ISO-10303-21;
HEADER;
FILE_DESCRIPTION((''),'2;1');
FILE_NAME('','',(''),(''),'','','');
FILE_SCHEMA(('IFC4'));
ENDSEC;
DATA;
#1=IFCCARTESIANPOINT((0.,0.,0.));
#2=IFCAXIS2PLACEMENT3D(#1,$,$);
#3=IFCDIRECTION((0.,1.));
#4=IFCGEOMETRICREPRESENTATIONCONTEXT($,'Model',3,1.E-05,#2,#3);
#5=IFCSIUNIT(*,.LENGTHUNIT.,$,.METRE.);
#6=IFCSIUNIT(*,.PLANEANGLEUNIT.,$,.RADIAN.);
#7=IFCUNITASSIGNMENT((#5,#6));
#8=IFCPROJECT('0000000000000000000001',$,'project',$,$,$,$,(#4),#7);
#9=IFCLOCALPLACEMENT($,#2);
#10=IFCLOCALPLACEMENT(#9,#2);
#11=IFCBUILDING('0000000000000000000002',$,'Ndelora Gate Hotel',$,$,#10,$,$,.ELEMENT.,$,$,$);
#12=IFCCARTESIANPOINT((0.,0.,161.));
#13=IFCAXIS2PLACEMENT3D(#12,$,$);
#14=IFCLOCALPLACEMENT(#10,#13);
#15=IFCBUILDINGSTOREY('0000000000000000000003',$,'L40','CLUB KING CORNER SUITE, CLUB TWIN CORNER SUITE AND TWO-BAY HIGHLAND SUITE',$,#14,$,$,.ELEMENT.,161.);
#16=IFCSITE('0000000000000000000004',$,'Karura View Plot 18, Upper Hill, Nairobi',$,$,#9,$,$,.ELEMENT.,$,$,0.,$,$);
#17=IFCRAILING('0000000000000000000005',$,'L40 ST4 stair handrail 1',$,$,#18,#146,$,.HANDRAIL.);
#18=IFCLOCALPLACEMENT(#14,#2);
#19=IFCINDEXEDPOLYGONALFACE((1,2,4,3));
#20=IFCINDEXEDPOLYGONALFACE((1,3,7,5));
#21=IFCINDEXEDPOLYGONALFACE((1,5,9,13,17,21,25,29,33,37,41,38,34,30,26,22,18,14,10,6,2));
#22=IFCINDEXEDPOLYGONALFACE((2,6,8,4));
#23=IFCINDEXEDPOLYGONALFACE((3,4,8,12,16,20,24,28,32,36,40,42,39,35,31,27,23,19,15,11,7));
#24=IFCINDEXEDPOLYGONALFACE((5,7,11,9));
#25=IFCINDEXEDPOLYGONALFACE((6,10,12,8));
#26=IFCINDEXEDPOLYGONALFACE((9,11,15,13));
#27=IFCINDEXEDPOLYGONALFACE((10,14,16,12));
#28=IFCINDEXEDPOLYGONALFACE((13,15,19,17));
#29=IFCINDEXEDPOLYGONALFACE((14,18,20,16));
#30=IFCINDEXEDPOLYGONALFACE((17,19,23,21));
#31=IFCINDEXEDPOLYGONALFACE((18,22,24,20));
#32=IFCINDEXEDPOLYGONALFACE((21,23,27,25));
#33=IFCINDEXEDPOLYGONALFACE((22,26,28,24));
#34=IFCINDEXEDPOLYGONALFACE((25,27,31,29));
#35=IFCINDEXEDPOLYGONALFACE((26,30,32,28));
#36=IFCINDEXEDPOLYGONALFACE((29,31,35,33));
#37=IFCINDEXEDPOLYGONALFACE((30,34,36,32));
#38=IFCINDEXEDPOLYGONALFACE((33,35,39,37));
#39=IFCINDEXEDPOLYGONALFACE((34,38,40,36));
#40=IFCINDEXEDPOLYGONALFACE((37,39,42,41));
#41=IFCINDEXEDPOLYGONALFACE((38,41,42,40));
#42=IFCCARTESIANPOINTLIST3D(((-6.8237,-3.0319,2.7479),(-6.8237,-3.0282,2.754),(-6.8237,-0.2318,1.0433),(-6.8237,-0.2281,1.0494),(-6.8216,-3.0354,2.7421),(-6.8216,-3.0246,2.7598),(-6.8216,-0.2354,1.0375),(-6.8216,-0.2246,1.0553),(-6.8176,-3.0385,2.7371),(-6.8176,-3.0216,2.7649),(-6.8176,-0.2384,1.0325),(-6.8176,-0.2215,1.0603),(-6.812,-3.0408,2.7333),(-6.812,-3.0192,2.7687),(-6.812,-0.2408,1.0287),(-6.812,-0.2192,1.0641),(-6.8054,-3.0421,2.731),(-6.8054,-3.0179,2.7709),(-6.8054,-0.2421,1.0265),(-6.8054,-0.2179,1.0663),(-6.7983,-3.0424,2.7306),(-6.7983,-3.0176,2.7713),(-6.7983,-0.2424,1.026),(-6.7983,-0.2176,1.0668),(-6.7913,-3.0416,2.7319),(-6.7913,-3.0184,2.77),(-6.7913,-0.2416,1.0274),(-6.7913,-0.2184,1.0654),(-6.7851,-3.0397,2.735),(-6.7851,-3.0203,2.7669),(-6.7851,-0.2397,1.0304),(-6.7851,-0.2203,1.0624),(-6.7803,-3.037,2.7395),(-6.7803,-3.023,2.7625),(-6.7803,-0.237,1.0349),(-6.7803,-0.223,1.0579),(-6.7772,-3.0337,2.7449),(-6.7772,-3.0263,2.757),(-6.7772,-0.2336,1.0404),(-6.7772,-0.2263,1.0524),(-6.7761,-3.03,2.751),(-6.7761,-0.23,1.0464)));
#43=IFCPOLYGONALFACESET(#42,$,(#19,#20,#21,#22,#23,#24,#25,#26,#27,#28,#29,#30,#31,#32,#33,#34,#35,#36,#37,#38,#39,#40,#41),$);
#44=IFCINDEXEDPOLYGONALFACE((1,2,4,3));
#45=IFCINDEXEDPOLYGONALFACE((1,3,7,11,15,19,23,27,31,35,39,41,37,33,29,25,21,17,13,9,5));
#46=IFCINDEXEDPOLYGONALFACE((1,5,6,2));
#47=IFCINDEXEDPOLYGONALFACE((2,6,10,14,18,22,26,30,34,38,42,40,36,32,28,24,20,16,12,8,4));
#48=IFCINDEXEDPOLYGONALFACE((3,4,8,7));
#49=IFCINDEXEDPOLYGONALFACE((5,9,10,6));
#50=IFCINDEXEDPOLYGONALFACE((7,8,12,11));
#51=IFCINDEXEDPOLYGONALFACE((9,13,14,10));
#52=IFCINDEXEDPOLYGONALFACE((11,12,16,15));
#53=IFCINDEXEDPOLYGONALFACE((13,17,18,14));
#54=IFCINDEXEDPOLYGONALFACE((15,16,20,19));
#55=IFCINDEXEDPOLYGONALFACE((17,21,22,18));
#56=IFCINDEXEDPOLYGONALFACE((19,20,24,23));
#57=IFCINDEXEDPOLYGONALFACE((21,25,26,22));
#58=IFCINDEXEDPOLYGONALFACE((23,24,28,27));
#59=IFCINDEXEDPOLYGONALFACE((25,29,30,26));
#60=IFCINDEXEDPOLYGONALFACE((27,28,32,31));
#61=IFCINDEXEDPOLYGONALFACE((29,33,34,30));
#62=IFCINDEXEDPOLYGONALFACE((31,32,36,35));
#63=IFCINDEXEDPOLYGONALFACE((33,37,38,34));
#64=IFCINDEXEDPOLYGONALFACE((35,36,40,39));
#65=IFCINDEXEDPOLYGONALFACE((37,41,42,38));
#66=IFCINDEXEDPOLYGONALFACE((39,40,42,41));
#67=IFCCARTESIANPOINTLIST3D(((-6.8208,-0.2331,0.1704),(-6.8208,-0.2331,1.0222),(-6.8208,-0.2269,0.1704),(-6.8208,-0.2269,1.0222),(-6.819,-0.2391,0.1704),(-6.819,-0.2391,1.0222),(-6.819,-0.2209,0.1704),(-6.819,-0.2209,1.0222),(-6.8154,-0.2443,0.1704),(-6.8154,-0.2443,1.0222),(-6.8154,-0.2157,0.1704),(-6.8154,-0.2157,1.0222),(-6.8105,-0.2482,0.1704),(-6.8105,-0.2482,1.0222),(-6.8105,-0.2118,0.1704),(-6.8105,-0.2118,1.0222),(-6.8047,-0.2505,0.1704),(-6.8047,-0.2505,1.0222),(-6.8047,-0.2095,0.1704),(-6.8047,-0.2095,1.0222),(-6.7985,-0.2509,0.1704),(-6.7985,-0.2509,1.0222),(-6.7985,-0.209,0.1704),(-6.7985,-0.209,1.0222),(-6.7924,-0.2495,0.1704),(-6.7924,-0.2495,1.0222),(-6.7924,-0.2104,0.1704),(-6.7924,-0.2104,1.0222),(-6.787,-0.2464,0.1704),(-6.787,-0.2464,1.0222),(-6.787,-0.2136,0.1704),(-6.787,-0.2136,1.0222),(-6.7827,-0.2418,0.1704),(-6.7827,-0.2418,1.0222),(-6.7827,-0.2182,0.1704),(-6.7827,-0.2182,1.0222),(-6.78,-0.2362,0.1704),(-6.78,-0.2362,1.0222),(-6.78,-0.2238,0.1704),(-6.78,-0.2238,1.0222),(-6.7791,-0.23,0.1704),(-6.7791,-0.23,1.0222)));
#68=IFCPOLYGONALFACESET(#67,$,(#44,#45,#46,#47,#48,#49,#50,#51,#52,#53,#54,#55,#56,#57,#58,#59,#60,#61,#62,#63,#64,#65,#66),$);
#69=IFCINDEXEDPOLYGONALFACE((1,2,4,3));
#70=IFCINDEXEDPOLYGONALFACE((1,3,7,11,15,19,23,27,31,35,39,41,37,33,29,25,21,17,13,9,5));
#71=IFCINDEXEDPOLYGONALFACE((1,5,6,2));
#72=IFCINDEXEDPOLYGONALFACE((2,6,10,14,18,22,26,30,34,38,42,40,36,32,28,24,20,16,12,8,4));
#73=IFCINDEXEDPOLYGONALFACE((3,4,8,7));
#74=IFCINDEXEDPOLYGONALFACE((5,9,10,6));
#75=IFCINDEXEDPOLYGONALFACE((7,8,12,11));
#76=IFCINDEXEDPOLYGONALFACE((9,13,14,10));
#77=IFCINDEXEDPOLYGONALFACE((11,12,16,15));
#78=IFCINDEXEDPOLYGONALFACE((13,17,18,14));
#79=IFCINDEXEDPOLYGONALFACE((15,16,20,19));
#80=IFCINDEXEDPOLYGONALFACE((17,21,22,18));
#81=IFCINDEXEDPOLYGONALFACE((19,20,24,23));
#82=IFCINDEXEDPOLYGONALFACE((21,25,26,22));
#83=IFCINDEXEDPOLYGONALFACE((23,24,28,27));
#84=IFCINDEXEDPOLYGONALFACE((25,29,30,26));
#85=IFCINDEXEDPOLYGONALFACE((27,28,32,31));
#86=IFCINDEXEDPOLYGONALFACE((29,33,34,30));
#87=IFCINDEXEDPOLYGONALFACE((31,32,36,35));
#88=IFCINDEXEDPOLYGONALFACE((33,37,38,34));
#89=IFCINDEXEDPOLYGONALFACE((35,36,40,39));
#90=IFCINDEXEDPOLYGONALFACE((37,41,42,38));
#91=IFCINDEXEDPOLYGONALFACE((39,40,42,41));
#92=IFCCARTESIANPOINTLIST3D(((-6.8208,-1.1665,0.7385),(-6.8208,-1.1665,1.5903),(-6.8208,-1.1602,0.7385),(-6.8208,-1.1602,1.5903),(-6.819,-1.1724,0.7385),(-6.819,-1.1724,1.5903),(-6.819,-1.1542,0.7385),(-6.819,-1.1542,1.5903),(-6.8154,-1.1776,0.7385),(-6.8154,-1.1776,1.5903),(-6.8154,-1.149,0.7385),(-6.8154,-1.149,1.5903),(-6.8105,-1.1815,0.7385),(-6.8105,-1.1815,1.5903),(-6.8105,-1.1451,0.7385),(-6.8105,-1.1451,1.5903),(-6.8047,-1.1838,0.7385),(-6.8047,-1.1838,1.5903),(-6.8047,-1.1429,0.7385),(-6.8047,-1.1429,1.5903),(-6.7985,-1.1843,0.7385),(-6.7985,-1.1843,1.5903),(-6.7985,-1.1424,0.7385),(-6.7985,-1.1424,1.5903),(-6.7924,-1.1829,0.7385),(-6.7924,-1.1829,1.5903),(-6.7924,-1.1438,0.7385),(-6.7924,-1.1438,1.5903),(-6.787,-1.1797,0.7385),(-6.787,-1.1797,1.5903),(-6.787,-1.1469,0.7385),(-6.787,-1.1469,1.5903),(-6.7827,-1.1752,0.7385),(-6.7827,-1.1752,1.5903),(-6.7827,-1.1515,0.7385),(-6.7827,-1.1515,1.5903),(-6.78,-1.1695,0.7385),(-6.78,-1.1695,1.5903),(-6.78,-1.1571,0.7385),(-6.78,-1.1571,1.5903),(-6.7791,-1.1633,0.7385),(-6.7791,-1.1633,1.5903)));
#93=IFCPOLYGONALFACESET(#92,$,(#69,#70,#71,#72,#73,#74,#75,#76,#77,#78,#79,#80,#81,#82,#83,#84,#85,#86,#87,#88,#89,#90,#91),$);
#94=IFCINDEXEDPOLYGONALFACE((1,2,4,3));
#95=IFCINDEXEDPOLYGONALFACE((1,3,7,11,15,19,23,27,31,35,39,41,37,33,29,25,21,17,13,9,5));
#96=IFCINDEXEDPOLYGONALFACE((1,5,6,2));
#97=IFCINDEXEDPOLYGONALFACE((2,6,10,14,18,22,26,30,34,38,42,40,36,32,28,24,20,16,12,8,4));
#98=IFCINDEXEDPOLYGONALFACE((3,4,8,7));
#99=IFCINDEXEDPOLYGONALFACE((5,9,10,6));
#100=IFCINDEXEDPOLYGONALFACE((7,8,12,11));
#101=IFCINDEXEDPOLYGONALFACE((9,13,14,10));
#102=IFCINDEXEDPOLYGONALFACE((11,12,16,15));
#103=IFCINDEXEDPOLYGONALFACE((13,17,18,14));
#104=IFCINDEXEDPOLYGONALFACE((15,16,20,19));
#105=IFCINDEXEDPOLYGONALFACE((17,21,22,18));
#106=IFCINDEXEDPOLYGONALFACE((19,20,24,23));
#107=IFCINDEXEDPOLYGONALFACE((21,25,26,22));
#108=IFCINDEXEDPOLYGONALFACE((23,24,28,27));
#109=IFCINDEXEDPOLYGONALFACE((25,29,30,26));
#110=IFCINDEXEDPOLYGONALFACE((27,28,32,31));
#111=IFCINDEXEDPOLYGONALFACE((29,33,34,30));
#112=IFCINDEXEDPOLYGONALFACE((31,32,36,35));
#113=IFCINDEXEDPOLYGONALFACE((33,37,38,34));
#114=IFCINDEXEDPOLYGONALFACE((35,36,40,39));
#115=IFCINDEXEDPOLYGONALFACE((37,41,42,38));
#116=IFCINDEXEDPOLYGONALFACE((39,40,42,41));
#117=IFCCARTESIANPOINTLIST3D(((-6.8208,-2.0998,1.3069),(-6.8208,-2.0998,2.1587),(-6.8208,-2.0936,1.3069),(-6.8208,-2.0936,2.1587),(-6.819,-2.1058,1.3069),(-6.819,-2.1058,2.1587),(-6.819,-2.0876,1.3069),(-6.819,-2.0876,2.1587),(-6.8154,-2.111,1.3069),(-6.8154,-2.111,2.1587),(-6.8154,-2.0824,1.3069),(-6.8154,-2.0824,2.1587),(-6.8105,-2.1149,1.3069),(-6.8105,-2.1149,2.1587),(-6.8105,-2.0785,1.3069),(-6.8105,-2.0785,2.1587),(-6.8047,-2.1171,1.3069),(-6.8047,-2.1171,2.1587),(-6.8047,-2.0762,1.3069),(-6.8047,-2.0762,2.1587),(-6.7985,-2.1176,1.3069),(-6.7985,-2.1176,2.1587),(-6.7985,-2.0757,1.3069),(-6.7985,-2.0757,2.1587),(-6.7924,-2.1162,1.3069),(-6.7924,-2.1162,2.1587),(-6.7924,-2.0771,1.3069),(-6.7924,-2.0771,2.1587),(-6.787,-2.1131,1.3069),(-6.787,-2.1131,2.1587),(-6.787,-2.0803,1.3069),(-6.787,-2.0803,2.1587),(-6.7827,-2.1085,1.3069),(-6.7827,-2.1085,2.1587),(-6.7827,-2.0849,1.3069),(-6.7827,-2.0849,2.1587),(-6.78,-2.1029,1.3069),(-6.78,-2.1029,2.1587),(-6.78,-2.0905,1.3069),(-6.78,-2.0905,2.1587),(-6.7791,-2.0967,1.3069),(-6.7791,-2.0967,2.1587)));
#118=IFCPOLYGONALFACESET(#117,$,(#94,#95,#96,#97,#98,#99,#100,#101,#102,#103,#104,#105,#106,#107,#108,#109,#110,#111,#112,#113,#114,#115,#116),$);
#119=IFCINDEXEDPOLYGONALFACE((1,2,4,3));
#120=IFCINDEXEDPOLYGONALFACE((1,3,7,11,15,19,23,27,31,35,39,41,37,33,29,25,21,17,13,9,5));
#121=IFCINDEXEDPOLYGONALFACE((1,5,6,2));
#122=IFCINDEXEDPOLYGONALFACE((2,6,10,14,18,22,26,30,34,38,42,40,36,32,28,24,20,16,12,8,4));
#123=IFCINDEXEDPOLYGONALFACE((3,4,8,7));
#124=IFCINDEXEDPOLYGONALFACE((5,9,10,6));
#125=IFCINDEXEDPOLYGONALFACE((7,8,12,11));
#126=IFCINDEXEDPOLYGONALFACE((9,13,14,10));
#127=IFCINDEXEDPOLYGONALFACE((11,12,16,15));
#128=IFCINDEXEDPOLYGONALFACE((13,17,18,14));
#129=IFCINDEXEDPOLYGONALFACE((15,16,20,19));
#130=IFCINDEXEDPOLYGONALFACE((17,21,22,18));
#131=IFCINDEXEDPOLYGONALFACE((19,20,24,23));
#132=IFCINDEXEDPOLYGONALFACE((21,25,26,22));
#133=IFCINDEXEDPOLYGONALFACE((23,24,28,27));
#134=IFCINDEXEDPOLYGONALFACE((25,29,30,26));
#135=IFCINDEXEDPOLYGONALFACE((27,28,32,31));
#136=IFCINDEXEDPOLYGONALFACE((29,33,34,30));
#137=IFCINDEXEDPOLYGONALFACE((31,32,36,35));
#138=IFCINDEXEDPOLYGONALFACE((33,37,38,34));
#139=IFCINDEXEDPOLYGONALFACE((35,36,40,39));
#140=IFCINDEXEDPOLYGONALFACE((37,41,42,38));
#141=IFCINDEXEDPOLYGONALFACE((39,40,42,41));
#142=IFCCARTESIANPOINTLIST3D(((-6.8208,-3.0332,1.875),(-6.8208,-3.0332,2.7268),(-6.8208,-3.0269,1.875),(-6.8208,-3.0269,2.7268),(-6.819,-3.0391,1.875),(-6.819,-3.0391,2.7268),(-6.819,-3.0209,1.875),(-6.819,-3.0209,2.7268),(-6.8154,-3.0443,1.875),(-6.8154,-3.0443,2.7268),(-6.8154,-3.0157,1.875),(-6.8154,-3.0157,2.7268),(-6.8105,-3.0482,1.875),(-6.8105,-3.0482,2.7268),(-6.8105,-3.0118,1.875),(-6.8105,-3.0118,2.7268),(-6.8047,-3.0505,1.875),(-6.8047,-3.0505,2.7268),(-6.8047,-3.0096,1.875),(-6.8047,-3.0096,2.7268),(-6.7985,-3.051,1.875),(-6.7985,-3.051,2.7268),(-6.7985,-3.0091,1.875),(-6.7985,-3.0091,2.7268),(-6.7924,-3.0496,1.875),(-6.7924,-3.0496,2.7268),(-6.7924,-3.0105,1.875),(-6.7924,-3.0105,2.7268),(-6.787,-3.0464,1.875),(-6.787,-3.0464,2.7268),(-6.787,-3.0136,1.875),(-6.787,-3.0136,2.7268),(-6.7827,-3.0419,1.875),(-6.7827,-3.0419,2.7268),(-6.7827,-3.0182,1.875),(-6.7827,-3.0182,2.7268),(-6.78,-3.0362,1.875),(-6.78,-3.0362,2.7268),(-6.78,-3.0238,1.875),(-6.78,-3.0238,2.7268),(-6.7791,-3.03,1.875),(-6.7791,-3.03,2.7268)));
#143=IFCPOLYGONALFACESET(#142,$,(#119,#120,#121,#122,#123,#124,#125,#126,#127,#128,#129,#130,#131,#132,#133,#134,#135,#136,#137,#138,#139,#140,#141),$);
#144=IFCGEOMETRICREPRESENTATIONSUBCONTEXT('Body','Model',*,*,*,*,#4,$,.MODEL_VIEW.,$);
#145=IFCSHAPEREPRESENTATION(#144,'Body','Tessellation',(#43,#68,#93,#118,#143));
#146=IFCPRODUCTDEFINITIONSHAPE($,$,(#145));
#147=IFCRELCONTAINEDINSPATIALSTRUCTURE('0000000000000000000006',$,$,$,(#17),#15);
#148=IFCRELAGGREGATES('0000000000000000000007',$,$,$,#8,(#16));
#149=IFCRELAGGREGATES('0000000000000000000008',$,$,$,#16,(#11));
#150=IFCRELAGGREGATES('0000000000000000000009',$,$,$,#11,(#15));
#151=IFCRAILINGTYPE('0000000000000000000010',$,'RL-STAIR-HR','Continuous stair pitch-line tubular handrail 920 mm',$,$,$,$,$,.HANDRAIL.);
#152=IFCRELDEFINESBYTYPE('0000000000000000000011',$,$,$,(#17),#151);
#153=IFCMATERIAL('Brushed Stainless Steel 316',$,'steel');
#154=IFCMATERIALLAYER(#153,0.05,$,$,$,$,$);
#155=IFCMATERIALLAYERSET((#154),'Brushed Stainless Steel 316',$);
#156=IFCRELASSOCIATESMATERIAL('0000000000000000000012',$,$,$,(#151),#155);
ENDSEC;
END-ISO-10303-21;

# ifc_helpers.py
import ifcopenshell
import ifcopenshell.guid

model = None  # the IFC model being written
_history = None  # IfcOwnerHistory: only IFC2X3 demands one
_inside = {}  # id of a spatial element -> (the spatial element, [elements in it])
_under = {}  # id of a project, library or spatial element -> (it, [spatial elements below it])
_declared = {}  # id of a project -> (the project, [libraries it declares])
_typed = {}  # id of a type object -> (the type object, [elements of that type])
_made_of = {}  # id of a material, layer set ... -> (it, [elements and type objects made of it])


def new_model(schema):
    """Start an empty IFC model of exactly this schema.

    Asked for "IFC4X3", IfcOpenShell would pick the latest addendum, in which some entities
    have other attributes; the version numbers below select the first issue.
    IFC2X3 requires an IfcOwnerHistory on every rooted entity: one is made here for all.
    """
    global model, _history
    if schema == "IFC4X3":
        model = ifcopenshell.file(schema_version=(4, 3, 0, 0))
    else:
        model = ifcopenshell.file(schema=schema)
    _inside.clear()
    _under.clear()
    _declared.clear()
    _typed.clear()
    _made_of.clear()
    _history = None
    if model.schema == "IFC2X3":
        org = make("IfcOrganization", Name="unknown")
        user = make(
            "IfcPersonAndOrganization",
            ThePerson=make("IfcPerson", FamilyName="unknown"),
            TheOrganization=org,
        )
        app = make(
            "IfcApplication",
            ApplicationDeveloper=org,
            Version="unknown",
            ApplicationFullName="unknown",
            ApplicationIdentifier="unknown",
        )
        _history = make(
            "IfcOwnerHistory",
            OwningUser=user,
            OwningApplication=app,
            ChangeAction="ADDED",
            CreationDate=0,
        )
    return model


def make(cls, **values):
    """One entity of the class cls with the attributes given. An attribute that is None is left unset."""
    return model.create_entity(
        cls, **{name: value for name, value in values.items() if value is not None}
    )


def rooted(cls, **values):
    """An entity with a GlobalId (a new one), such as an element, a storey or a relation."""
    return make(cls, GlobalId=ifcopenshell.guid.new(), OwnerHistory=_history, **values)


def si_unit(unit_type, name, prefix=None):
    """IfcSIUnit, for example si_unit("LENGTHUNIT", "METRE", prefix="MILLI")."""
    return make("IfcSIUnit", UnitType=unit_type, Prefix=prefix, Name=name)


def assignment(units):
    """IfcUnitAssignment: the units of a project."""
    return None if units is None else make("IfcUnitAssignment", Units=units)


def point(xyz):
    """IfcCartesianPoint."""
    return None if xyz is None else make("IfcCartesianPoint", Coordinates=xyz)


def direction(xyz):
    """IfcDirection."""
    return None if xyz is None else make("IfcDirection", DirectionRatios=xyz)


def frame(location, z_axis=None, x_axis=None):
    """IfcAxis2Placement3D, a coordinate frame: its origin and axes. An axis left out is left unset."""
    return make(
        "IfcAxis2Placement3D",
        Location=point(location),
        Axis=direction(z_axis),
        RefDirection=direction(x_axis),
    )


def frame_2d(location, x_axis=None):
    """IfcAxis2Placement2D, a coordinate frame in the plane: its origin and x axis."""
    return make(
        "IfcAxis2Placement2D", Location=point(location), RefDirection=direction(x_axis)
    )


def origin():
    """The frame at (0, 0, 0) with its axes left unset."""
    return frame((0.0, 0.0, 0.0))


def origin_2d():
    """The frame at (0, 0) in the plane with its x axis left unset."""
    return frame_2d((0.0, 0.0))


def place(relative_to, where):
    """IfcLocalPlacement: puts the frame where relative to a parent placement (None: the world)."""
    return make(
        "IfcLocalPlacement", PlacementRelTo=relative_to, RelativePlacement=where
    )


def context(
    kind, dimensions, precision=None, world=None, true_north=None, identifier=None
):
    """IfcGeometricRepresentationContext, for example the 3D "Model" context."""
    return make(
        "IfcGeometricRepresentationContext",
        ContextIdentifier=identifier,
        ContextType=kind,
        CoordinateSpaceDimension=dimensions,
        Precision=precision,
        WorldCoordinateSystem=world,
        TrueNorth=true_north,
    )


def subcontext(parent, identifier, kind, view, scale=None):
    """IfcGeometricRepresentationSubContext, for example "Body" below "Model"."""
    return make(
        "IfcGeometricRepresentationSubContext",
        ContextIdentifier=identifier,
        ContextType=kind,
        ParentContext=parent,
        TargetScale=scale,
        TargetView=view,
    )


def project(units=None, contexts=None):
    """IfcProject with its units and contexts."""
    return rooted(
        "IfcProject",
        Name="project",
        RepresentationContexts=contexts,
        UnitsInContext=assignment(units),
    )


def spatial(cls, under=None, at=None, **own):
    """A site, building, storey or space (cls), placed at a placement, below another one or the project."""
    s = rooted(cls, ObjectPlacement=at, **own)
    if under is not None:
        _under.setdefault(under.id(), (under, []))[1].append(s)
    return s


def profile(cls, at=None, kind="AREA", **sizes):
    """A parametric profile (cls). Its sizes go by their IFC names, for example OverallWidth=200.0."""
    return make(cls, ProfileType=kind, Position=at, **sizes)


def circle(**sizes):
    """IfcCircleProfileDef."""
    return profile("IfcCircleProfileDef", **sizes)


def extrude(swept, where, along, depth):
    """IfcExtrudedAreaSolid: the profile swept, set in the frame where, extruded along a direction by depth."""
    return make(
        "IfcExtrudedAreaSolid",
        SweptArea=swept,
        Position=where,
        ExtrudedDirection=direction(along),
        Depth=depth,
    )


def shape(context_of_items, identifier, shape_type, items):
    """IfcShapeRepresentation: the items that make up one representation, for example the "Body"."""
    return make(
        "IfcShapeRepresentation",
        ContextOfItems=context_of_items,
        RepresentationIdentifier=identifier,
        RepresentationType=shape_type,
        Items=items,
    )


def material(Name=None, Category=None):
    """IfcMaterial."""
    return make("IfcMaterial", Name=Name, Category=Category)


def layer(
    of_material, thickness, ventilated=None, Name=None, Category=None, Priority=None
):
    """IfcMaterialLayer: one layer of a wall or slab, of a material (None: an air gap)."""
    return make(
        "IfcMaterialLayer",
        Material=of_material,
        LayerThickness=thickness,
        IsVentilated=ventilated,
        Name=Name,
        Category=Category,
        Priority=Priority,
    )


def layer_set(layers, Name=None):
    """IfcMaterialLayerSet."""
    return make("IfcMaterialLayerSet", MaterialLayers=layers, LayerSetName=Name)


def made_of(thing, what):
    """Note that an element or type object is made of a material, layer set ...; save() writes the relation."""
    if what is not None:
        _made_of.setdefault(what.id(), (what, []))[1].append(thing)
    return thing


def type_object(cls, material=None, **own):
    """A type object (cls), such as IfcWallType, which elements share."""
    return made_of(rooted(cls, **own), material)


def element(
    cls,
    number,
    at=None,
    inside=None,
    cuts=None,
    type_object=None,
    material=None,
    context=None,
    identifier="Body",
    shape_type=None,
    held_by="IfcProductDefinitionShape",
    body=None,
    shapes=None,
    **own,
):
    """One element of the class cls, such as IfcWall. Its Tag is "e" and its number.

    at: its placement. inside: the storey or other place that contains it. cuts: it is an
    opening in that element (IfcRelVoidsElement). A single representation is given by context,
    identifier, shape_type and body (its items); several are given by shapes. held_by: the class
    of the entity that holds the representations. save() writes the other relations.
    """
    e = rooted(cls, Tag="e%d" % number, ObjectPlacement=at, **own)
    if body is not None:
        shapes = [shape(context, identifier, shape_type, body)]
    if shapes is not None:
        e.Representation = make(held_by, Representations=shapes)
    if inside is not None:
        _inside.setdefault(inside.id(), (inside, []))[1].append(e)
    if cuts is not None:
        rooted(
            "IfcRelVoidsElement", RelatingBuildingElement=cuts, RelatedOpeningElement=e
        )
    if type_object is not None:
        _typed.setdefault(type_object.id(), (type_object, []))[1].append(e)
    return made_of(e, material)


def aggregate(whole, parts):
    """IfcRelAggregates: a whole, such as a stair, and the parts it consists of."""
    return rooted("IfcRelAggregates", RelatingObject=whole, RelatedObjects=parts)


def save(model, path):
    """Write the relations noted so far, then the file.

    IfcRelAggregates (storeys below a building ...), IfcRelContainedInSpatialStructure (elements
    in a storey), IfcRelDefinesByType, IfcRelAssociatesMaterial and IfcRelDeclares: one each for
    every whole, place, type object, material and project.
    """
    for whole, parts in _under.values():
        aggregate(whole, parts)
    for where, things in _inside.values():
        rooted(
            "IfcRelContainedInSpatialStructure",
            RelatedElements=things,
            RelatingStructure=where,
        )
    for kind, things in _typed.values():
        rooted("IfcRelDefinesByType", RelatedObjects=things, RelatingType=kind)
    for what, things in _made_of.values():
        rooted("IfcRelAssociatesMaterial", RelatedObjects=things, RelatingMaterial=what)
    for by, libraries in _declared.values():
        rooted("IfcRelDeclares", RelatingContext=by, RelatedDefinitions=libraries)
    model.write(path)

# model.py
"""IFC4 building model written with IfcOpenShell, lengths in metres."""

from ifc_helpers import new_model, si_unit, direction, frame, origin, origin_2d, place, context, subcontext, project, spatial, circle, extrude, material, layer, layer_set, type_object, element, save


model = new_model("IFC4")

# Units and contexts
model_context = context("Model", 3, precision=1e-05, world=origin(), true_north=direction((0.0, 1.0)))
body_context = subcontext(model_context, "Body", "Model", "MODEL_VIEW")
ifc_project = project(units=[si_unit("LENGTHUNIT", "METRE"), si_unit("PLANEANGLEUNIT", "RADIAN")], contexts=[model_context])

# Site, building, storey
site_placement = place(None, origin())
site = spatial("IfcSite", under=ifc_project, at=site_placement, Name="Karura View Plot 18, Upper Hill, Nairobi", CompositionType="ELEMENT", RefElevation=0.0)
building_placement = place(site_placement, origin())
building = spatial("IfcBuilding", under=site, at=building_placement, Name="Ndelora Gate Hotel", CompositionType="ELEMENT")
storey_placement = place(building_placement, frame((0.0, 0.0, 161.0)))
storey = spatial("IfcBuildingStorey", under=building, at=storey_placement, Name="L40", Description="CLUB KING CORNER SUITE, CLUB TWIN CORNER SUITE AND TWO-BAY HIGHLAND SUITE", CompositionType="ELEMENT", Elevation=161.0)

# Railing
ifc_material_1 = material(Name="Brushed Stainless Steel 316", Category="steel")
ifc_layer_1 = layer(ifc_material_1, 0.05)
ifc_layer_set_1 = layer_set([ifc_layer_1], Name="Brushed Stainless Steel 316")
railing_type_1 = type_object("IfcRailingType", Name="RL-STAIR-HR", Description="Continuous stair pitch-line tubular handrail 920 mm", PredefinedType="HANDRAIL", material=ifc_layer_set_1)
railing_1_placement = place(storey_placement, frame((-6.8, -0.23, 0.1704)))
element("IfcRailing", 1, at=railing_1_placement, inside=storey, type_object=railing_type_1, Name="L40 ST4 stair handrail 1", PredefinedType="HANDRAIL", context=body_context, shape_type="SweptSolid", body=[
    extrude(circle(Radius=0.0239, at=origin_2d()), frame((0.0, 0.0, 0.876), z_axis=(0.0, -0.85417, 0.519994), x_axis=(1.0, 0.0, 0.0)), (0.0, 0.0, 1.0), 3.2781),
    extrude(circle(Radius=0.021, at=origin_2d()), origin(), (0.0, 0.0, 1.0), 0.8518),
    extrude(circle(Radius=0.021, at=origin_2d()), frame((0.0, -0.9333, 0.5681)), (0.0, 0.0, 1.0), 0.8518),
    extrude(circle(Radius=0.021, at=origin_2d()), frame((0.0, -1.8667, 1.1365)), (0.0, 0.0, 1.0), 0.8518),
    extrude(circle(Radius=0.021, at=origin_2d()), frame((0.0, -2.8, 1.7046)), (0.0, 0.0, 1.0), 0.8518),
])

save(model, "model.ifc")
